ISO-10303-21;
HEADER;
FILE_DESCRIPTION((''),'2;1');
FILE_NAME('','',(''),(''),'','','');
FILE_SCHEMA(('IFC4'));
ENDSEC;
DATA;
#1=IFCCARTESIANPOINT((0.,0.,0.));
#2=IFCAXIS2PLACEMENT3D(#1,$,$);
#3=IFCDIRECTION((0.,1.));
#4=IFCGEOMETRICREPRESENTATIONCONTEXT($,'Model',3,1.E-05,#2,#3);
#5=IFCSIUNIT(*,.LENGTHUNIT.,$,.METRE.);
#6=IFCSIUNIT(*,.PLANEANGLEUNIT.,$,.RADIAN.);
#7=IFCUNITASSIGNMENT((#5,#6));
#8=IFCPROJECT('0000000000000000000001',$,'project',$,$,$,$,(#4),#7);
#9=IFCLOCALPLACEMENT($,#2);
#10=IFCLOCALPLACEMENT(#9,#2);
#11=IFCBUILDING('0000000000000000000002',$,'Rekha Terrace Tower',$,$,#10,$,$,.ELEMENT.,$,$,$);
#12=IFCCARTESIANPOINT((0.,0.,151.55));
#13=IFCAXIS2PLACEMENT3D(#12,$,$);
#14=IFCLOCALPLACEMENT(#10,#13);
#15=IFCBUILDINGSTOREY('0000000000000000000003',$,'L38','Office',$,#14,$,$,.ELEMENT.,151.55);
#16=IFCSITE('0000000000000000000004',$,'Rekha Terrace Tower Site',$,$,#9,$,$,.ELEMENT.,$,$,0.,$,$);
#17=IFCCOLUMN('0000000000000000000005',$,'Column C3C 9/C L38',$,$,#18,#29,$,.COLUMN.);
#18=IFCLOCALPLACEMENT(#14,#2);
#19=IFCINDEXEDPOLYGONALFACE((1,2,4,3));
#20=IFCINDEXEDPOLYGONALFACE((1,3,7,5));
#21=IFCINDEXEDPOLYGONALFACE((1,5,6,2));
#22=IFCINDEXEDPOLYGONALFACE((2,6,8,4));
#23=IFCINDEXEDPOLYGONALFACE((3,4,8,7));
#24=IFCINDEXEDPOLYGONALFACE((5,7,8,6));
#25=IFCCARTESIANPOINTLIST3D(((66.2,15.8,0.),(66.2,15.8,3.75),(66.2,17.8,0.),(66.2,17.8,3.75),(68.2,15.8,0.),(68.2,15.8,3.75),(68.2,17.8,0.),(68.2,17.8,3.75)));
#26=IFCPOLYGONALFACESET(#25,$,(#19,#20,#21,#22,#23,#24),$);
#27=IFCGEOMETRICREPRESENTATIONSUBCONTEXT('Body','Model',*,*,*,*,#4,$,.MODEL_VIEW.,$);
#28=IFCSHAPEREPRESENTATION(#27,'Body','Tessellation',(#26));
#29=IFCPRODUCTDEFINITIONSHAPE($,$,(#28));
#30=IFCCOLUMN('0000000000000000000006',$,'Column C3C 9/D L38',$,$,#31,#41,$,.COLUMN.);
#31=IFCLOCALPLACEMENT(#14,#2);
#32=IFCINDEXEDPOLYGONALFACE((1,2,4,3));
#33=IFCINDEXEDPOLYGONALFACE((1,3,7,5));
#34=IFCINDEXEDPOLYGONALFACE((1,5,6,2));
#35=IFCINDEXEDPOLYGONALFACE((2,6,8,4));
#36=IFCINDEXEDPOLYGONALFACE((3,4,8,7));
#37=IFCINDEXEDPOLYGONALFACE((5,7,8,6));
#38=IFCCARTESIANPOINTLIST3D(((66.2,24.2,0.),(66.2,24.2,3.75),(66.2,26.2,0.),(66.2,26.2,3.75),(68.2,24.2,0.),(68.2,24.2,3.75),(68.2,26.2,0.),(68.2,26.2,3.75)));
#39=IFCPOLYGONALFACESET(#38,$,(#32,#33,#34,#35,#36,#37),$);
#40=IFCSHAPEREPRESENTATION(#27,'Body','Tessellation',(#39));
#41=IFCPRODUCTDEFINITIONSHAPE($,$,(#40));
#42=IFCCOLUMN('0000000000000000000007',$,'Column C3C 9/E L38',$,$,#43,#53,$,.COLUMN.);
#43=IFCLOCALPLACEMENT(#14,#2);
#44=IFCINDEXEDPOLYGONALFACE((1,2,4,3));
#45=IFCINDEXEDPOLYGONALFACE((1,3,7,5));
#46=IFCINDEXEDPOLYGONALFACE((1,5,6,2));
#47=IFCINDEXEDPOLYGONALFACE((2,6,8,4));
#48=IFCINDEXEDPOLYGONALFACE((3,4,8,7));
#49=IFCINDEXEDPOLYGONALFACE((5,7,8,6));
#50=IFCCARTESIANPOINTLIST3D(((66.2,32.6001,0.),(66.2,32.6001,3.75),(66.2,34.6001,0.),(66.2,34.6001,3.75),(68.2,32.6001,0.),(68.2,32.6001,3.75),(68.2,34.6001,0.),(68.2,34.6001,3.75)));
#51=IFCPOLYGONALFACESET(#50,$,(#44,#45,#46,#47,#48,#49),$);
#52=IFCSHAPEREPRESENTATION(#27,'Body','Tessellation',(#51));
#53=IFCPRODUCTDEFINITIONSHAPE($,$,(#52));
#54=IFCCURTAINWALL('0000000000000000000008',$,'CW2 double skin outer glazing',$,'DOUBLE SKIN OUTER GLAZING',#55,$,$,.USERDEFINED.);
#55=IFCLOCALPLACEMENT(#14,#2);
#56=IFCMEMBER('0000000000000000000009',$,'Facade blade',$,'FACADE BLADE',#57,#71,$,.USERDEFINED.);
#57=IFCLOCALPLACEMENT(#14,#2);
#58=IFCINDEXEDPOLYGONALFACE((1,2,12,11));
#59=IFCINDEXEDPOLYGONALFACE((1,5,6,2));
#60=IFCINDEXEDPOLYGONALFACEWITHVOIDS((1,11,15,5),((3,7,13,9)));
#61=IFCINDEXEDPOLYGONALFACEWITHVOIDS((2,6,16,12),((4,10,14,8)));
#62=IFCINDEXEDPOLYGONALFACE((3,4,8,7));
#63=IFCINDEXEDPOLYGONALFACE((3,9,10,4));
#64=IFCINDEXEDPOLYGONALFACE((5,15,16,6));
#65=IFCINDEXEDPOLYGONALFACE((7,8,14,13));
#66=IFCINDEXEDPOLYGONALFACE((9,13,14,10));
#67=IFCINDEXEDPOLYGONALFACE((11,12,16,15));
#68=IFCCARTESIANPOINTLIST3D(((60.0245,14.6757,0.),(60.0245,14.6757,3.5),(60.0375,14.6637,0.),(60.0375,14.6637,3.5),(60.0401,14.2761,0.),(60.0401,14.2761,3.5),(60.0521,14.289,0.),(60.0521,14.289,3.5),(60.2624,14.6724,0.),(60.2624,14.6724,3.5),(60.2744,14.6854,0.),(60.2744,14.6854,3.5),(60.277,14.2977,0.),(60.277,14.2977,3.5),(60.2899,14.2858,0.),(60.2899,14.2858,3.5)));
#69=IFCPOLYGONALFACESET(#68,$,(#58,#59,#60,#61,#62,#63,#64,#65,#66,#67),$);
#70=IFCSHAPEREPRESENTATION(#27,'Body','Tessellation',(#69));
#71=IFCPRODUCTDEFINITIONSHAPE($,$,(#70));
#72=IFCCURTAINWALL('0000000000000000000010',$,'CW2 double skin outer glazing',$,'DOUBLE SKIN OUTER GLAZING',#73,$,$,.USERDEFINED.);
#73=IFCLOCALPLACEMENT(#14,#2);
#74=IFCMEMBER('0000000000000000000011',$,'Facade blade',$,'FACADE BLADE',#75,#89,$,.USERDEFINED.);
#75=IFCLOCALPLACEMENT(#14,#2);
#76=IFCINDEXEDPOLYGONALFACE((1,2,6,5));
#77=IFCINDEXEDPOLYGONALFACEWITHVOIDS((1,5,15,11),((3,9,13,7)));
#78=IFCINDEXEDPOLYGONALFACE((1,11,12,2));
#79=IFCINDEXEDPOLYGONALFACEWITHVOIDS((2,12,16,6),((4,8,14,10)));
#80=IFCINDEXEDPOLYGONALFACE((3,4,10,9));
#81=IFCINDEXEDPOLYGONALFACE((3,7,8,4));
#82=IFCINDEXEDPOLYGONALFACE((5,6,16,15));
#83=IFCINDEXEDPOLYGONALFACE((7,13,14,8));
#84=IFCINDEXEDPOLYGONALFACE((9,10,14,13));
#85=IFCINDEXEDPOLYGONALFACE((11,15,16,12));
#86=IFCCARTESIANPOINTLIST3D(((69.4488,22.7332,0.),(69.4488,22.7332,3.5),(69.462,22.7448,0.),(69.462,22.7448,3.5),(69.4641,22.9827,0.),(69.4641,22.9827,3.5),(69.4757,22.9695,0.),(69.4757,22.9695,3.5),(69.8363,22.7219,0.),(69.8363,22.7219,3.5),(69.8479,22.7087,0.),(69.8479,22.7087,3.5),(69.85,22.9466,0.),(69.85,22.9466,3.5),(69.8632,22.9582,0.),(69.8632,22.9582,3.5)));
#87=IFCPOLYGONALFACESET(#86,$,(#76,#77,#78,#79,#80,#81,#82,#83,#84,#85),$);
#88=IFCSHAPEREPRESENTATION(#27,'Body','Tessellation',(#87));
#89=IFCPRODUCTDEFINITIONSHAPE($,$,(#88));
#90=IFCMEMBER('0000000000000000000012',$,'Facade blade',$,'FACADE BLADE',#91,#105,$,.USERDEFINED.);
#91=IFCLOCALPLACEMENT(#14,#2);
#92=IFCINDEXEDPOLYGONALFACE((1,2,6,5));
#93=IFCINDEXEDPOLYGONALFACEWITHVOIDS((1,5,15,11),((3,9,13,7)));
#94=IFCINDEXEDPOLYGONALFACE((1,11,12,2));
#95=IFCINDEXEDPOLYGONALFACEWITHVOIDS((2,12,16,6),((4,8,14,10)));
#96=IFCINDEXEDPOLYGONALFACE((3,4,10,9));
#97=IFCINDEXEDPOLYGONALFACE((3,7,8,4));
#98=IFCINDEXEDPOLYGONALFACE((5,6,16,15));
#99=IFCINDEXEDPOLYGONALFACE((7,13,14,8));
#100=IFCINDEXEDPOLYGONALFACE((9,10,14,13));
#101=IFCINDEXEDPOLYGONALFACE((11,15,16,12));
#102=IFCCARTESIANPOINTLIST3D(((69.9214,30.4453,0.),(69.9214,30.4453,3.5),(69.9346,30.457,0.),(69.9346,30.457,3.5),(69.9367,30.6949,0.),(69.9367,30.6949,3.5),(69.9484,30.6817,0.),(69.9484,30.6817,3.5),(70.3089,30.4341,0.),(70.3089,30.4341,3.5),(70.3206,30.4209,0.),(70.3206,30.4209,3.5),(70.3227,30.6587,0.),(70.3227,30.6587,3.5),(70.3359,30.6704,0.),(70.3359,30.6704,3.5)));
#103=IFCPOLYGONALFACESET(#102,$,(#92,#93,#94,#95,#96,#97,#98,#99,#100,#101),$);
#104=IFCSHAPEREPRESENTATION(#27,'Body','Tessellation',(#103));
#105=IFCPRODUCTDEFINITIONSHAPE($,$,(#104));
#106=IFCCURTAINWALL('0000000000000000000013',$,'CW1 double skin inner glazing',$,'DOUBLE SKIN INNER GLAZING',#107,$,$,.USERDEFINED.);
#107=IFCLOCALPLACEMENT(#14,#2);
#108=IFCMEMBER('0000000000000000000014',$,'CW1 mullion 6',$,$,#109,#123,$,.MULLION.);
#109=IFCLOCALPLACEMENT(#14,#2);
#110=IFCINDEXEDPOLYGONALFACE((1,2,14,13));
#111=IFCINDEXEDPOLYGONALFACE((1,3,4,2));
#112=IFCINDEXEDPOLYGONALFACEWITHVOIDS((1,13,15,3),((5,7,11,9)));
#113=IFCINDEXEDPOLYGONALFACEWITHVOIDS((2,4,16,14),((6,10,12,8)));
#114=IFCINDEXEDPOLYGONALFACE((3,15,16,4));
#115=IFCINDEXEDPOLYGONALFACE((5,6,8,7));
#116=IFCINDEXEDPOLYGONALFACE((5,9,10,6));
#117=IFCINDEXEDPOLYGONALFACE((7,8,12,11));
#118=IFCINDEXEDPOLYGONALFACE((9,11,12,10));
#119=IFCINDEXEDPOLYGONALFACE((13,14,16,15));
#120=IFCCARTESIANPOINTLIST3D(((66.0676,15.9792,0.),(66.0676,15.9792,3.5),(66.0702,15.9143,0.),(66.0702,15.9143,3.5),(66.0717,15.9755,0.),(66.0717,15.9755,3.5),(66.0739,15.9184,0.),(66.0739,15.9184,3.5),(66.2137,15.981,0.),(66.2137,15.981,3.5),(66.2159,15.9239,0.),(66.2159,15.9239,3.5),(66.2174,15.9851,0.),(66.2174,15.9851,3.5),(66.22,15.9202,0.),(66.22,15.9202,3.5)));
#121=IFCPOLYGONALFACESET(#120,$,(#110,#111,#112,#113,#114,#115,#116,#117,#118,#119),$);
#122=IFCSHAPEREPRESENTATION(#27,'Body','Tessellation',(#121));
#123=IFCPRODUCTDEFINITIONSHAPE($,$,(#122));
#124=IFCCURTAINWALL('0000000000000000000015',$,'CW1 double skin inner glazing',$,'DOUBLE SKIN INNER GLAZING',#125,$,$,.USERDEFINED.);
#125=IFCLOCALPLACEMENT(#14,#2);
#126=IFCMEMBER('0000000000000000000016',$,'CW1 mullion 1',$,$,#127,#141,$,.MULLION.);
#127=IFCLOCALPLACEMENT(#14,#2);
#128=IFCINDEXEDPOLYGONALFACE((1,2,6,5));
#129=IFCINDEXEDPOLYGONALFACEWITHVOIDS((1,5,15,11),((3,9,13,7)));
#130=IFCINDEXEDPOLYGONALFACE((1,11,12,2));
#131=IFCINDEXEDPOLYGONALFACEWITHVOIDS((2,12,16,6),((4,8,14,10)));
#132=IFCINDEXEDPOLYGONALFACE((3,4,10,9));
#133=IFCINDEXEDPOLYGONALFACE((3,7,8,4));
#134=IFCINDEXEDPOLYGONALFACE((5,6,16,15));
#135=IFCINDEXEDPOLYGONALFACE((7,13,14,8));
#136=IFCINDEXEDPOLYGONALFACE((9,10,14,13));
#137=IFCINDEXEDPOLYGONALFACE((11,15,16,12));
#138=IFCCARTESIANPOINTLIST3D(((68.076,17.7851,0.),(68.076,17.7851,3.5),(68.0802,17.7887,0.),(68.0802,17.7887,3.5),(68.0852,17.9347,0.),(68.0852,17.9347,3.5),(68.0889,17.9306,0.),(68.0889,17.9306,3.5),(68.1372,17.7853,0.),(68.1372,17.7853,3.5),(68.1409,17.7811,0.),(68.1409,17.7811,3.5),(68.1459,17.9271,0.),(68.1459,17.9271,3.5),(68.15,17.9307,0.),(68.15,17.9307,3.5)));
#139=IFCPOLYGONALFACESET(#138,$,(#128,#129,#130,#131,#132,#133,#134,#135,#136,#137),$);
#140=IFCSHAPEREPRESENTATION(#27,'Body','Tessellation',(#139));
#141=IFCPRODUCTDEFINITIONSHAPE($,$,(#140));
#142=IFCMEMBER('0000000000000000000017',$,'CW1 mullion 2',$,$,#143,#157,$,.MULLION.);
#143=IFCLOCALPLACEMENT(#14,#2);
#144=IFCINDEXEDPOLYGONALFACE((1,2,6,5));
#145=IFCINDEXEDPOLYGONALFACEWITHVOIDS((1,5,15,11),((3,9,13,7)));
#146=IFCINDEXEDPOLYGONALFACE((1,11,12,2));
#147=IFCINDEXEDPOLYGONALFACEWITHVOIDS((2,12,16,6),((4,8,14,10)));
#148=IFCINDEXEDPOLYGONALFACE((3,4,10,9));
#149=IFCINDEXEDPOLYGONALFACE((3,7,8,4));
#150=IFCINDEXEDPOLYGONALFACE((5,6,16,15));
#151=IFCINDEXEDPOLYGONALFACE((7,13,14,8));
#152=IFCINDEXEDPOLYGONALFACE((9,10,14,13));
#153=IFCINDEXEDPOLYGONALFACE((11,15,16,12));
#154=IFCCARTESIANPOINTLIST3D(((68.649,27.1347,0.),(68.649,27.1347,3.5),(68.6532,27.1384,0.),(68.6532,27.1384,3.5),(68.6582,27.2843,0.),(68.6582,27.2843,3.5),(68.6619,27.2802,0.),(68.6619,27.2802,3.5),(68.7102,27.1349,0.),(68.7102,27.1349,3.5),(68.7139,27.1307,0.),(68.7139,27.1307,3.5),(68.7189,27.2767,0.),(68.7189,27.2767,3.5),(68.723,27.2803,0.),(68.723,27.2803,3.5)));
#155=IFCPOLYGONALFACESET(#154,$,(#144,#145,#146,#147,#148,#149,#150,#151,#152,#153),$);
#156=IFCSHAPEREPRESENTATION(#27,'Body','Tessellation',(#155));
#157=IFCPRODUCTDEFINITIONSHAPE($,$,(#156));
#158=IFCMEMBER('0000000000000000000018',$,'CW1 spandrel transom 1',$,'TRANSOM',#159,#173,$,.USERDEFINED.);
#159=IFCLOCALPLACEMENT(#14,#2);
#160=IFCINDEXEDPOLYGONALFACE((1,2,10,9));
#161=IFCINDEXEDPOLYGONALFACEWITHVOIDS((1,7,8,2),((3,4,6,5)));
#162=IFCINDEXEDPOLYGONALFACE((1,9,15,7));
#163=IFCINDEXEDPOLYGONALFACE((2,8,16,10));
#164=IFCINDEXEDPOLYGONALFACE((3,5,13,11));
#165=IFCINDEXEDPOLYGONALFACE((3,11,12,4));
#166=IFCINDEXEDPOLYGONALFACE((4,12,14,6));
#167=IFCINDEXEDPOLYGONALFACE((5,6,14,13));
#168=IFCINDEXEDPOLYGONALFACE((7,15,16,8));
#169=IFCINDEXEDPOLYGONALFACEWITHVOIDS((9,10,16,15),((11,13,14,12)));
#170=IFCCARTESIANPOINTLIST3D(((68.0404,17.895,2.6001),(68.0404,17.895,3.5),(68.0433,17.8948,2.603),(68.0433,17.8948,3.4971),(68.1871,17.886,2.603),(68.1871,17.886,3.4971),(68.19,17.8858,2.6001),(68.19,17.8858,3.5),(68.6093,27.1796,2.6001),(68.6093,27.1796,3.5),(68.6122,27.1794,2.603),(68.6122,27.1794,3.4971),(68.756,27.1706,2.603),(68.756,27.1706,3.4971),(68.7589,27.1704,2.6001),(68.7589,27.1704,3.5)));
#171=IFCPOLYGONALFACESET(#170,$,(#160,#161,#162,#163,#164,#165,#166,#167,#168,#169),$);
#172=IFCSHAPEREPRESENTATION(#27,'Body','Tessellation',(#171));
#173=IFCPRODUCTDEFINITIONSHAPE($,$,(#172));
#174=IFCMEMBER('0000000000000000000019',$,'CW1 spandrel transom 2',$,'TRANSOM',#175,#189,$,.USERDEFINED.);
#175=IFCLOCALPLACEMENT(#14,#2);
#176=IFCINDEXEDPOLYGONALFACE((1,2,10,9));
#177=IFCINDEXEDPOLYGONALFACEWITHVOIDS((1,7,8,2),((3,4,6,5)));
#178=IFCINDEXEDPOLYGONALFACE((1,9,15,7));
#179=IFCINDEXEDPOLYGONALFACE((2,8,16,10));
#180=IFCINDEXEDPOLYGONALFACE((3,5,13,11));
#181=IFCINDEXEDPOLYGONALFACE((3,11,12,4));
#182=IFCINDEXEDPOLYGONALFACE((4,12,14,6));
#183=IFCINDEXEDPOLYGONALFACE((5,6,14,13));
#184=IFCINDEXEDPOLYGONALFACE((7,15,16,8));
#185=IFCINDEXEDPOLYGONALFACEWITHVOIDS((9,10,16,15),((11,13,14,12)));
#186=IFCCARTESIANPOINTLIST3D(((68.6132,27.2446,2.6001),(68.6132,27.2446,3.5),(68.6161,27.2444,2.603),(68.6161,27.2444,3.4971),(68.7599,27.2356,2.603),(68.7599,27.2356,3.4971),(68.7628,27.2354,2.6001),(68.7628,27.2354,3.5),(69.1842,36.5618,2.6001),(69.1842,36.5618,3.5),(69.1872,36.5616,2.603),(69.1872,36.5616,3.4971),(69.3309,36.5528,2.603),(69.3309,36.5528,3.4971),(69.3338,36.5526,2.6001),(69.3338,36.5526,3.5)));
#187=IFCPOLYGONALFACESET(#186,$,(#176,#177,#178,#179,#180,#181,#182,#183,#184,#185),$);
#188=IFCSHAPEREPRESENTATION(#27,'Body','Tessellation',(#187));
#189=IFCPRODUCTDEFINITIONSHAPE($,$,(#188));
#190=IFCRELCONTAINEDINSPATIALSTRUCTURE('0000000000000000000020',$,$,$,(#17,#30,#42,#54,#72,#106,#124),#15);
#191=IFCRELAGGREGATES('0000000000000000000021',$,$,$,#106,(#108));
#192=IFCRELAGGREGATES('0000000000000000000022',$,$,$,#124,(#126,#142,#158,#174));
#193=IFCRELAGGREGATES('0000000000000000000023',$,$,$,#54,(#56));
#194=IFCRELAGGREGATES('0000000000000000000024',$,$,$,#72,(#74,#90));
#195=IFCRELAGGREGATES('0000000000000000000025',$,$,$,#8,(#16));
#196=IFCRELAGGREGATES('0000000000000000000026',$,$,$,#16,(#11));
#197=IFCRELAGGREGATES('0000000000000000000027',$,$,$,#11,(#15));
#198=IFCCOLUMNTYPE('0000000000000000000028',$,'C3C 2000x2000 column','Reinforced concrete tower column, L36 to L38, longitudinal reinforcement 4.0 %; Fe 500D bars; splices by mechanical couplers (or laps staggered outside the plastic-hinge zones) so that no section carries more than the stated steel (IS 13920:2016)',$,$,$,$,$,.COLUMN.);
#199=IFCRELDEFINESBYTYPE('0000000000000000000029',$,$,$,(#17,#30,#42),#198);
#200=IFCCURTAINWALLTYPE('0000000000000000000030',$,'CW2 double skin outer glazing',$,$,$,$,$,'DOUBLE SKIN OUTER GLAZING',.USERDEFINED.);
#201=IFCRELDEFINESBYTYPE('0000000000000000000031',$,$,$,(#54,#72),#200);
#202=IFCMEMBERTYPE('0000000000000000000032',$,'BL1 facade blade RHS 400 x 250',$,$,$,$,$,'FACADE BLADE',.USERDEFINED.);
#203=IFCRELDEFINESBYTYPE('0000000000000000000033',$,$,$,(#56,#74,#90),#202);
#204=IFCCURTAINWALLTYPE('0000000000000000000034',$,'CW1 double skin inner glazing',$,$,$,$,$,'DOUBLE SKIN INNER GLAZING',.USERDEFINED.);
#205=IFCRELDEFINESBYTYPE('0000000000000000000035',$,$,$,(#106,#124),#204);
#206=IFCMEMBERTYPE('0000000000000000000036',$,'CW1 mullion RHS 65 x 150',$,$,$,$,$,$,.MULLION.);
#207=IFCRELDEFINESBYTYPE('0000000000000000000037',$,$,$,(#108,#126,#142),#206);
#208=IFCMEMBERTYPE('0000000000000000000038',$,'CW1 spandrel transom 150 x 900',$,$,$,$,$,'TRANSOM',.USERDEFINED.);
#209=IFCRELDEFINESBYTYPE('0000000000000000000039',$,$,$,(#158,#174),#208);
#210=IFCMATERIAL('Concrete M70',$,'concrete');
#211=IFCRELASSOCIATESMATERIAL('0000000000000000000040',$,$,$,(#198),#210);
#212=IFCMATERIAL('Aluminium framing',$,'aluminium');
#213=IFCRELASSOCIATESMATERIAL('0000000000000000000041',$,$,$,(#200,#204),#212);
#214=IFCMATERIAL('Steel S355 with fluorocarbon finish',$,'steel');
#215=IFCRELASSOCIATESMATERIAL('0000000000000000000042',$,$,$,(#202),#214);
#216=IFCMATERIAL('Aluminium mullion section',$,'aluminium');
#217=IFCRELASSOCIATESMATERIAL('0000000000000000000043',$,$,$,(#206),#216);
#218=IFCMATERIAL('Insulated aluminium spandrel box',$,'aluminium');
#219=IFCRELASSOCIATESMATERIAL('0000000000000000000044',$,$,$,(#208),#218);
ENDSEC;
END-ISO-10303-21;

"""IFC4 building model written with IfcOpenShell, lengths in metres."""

from ifc_helpers import new_model, si_unit, direction, frame, origin, origin_2d, place, context, subcontext, project, spatial, rectangle, hollow_rectangle, extrude, material, material_profile, profile_set, type_object, element, aggregate, save


model = new_model("IFC4")

# Units and contexts
model_context = context("Model", 3, precision=1e-05, world=origin(), true_north=direction((0.0, 1.0)))
body_context = subcontext(model_context, "Body", "Model", "MODEL_VIEW")
ifc_project = project(units=[si_unit("LENGTHUNIT", "METRE"), si_unit("PLANEANGLEUNIT", "RADIAN")], contexts=[model_context])

# Site, building, storey
site_placement = place(None, origin())
site = spatial("IfcSite", under=ifc_project, at=site_placement, Name="Rekha Terrace Tower Site", CompositionType="ELEMENT", RefElevation=0.0)
building_placement = place(site_placement, origin())
building = spatial("IfcBuilding", under=site, at=building_placement, Name="Rekha Terrace Tower", CompositionType="ELEMENT")
storey_placement = place(building_placement, frame((0.0, 0.0, 151.55)))
storey = spatial("IfcBuildingStorey", under=building, at=storey_placement, Name="L38", Description="Office", CompositionType="ELEMENT", Elevation=151.55)

# Columns
ifc_material_1 = material(Name="Concrete M70", Category="concrete")
ifc_material_profile_1 = material_profile(ifc_material_1, rectangle(XDim=2.0, YDim=2.0, at=origin_2d()), Name="RC 2000x2000")
ifc_profile_set_1 = profile_set([ifc_material_profile_1], Name="Concrete M70")
column_type = type_object("IfcColumnType", Name="C3C 2000x2000 column", Description="Reinforced concrete tower column, L36 to L38, longitudinal reinforcement 4.0 %; Fe 500D bars; splices by mechanical couplers (or laps staggered outside the plastic-hinge zones) so that no section carries more than the stated steel (IS 13920:2016)", PredefinedType="COLUMN", material=ifc_profile_set_1)
for number, where, z_axis, x_axis, name in (
    (1, (67.2, 16.8, 0.0), (0.0, 0.0, 1.0), (1.0, 0.0, 0.0), "Column C3C 9/C L38"),
    (2, (67.2, 25.2, 0.0), (0.0, 0.0, 1.0), (1.0, 0.0, 0.0), "Column C3C 9/D L38"),
    (3, (67.2, 33.6001, 0.0), (0.0, 0.0, 1.0), (1.0, 0.0, 0.0), "Column C3C 9/E L38"),
):
    element("IfcColumn", number, at=place(storey_placement, frame(where, z_axis=z_axis, x_axis=x_axis)), inside=storey, type_object=column_type, Name=name, PredefinedType="COLUMN", context=body_context, shape_type="SweptSolid", body=[
        extrude(rectangle(XDim=2.0, YDim=2.0, at=origin_2d()), origin(), (0.0, 0.0, 1.0), 3.75),
    ])

# Curtain wall, member
ifc_material_2 = material(Name="Aluminium framing", Category="aluminium")
curtain_wall_type_1 = type_object("IfcCurtainWallType", Name="CW2 double skin outer glazing", ElementType="DOUBLE SKIN OUTER GLAZING", PredefinedType="USERDEFINED", material=ifc_material_2)
curtain_wall_1_placement = place(storey_placement, origin())
curtain_wall_1 = element("IfcCurtainWall", 4, at=curtain_wall_1_placement, inside=storey, type_object=curtain_wall_type_1, Name="CW2 double skin outer glazing", ObjectType="DOUBLE SKIN OUTER GLAZING", PredefinedType="USERDEFINED")
ifc_material_3 = material(Name="Steel S355 with fluorocarbon finish", Category="steel")
ifc_material_profile_2 = material_profile(ifc_material_3, hollow_rectangle(XDim=0.25, YDim=0.3999, WallThickness=0.0125, at=origin_2d()), Name="RHS400x250x12.5")
ifc_profile_set_2 = profile_set([ifc_material_profile_2], Name="Steel S355 with fluorocarbon finish")
member_type_1 = type_object("IfcMemberType", Name="BL1 facade blade RHS 400 x 250", ElementType="FACADE BLADE", PredefinedType="USERDEFINED", material=ifc_profile_set_2)
member_1_placement = place(storey_placement, frame((60.1572, 14.4807, 0.0), z_axis=(0.0, 0.0, 1.0), x_axis=(0.999243, 0.03889, 0.0)))
member_1 = element("IfcMember", 5, at=member_1_placement, type_object=member_type_1, Name="Facade blade", ObjectType="FACADE BLADE", PredefinedType="USERDEFINED", context=body_context, shape_type="SweptSolid", body=[
    extrude(hollow_rectangle(XDim=0.25, YDim=0.3999, WallThickness=0.0125, at=origin_2d()), origin(), (0.0, 0.0, 1.0), 3.5),
])

# Curtain wall, members
curtain_wall_2_placement = place(storey_placement, origin())
curtain_wall_2 = element("IfcCurtainWall", 6, at=curtain_wall_2_placement, inside=storey, type_object=curtain_wall_type_1, Name="CW2 double skin outer glazing", ObjectType="DOUBLE SKIN OUTER GLAZING", PredefinedType="USERDEFINED")
member_2_placement = place(storey_placement, frame((69.656, 22.8457, 0.0), z_axis=(0.0, 0.0, 1.0), x_axis=(0.06116, 0.998128, 0.0)))
member_2 = element("IfcMember", 7, at=member_2_placement, type_object=member_type_1, Name="Facade blade", ObjectType="FACADE BLADE", PredefinedType="USERDEFINED", context=body_context, shape_type="SweptSolid", body=[
    extrude(hollow_rectangle(XDim=0.25, YDim=0.3999, WallThickness=0.0125, at=origin_2d()), origin(), (0.0, 0.0, 1.0), 3.5),
])
member_3_placement = place(storey_placement, frame((70.1287, 30.5579, 0.0), z_axis=(0.0, 0.0, 1.0), x_axis=(0.06116, 0.998128, 0.0)))
member_3 = element("IfcMember", 8, at=member_3_placement, type_object=member_type_1, Name="Facade blade", ObjectType="FACADE BLADE", PredefinedType="USERDEFINED", context=body_context, shape_type="SweptSolid", body=[
    extrude(hollow_rectangle(XDim=0.25, YDim=0.3999, WallThickness=0.0125, at=origin_2d()), origin(), (0.0, 0.0, 1.0), 3.5),
])

# Curtain wall, member
curtain_wall_type_2 = type_object("IfcCurtainWallType", Name="CW1 double skin inner glazing", ElementType="DOUBLE SKIN INNER GLAZING", PredefinedType="USERDEFINED", material=ifc_material_2)
curtain_wall_3_placement = place(storey_placement, origin())
curtain_wall_3 = element("IfcCurtainWall", 9, at=curtain_wall_3_placement, inside=storey, type_object=curtain_wall_type_2, Name="CW1 double skin inner glazing", ObjectType="DOUBLE SKIN INNER GLAZING", PredefinedType="USERDEFINED")
ifc_material_4 = material(Name="Aluminium mullion section", Category="aluminium")
ifc_material_profile_3 = material_profile(ifc_material_4, hollow_rectangle(XDim=0.0649, YDim=0.1499, WallThickness=0.0039, at=origin_2d()), Name="AL RHS 65x150")
ifc_profile_set_3 = profile_set([ifc_material_profile_3], Name="Aluminium mullion section")
member_type_2 = type_object("IfcMemberType", Name="CW1 mullion RHS 65 x 150", PredefinedType="MULLION", material=ifc_profile_set_3)
member_4_placement = place(storey_placement, frame((66.1438, 15.9497, 0.0), z_axis=(0.0, 0.0, 1.0), x_axis=(-0.03889, 0.999243, 0.0)))
member_4 = element("IfcMember", 10, at=member_4_placement, type_object=member_type_2, Name="CW1 mullion 6", PredefinedType="MULLION", context=body_context, shape_type="SweptSolid", body=[
    extrude(hollow_rectangle(XDim=0.0649, YDim=0.1499, WallThickness=0.0039, at=origin_2d()), origin(), (0.0, 0.0, 1.0), 3.5),
])

# Curtain wall, members
curtain_wall_4_placement = place(storey_placement, origin())
curtain_wall_4 = element("IfcCurtainWall", 11, at=curtain_wall_4_placement, inside=storey, type_object=curtain_wall_type_2, Name="CW1 double skin inner glazing", ObjectType="DOUBLE SKIN INNER GLAZING", PredefinedType="USERDEFINED")
member_5_placement = place(storey_placement, frame((68.113, 17.8579, 0.0), z_axis=(0.0, 0.0, 1.0), x_axis=(-0.998128, 0.06116, 0.0)))
member_5 = element("IfcMember", 12, at=member_5_placement, type_object=member_type_2, Name="CW1 mullion 1", PredefinedType="MULLION", context=body_context, shape_type="SweptSolid", body=[
    extrude(hollow_rectangle(XDim=0.0649, YDim=0.1499, WallThickness=0.0039, at=origin_2d()), origin(), (0.0, 0.0, 1.0), 3.5),
])
member_6_placement = place(storey_placement, frame((68.686, 27.2075, 0.0), z_axis=(0.0, 0.0, 1.0), x_axis=(-0.998128, 0.06116, 0.0)))
member_6 = element("IfcMember", 13, at=member_6_placement, type_object=member_type_2, Name="CW1 mullion 2", PredefinedType="MULLION", context=body_context, shape_type="SweptSolid", body=[
    extrude(hollow_rectangle(XDim=0.0649, YDim=0.1499, WallThickness=0.0039, at=origin_2d()), origin(), (0.0, 0.0, 1.0), 3.5),
])
ifc_material_5 = material(Name="Insulated aluminium spandrel box", Category="aluminium")
ifc_material_profile_4 = material_profile(ifc_material_5, hollow_rectangle(XDim=0.1499, YDim=0.8999, WallThickness=0.0029, at=origin_2d()), Name="AL SPANDREL BOX 150x900")
ifc_profile_set_4 = profile_set([ifc_material_profile_4], Name="Insulated aluminium spandrel box")
member_type_3 = type_object("IfcMemberType", Name="CW1 spandrel transom 150 x 900", ElementType="TRANSOM", PredefinedType="USERDEFINED", material=ifc_profile_set_4)
member_7_placement = place(storey_placement, frame((68.1152, 17.8904, 3.05), z_axis=(0.061153, 0.998128, 0.0), x_axis=(-0.998128, 0.061153, 0.0)))
member_7 = element("IfcMember", 14, at=member_7_placement, type_object=member_type_3, Name="CW1 spandrel transom 1", ObjectType="TRANSOM", PredefinedType="USERDEFINED", context=body_context, shape_type="SweptSolid", body=[
    extrude(hollow_rectangle(XDim=0.1499, YDim=0.8999, WallThickness=0.0029, at=origin_2d()), origin(), (0.0, 0.0, 1.0), 9.302),
])
member_8_placement = place(storey_placement, frame((68.688, 27.24, 3.05), z_axis=(0.061175, 0.998127, 0.0), x_axis=(-0.998127, 0.061175, 0.0)))
member_8 = element("IfcMember", 15, at=member_8_placement, type_object=member_type_3, Name="CW1 spandrel transom 2", ObjectType="TRANSOM", PredefinedType="USERDEFINED", context=body_context, shape_type="SweptSolid", body=[
    extrude(hollow_rectangle(XDim=0.1499, YDim=0.8999, WallThickness=0.0029, at=origin_2d()), origin(), (0.0, 0.0, 1.0), 9.3347),
])

aggregate(curtain_wall_3, [member_4])
aggregate(curtain_wall_4, [member_5, member_6, member_7, member_8])
aggregate(curtain_wall_1, [member_1])
aggregate(curtain_wall_2, [member_2, member_3])

save(model, "model.ifc")
